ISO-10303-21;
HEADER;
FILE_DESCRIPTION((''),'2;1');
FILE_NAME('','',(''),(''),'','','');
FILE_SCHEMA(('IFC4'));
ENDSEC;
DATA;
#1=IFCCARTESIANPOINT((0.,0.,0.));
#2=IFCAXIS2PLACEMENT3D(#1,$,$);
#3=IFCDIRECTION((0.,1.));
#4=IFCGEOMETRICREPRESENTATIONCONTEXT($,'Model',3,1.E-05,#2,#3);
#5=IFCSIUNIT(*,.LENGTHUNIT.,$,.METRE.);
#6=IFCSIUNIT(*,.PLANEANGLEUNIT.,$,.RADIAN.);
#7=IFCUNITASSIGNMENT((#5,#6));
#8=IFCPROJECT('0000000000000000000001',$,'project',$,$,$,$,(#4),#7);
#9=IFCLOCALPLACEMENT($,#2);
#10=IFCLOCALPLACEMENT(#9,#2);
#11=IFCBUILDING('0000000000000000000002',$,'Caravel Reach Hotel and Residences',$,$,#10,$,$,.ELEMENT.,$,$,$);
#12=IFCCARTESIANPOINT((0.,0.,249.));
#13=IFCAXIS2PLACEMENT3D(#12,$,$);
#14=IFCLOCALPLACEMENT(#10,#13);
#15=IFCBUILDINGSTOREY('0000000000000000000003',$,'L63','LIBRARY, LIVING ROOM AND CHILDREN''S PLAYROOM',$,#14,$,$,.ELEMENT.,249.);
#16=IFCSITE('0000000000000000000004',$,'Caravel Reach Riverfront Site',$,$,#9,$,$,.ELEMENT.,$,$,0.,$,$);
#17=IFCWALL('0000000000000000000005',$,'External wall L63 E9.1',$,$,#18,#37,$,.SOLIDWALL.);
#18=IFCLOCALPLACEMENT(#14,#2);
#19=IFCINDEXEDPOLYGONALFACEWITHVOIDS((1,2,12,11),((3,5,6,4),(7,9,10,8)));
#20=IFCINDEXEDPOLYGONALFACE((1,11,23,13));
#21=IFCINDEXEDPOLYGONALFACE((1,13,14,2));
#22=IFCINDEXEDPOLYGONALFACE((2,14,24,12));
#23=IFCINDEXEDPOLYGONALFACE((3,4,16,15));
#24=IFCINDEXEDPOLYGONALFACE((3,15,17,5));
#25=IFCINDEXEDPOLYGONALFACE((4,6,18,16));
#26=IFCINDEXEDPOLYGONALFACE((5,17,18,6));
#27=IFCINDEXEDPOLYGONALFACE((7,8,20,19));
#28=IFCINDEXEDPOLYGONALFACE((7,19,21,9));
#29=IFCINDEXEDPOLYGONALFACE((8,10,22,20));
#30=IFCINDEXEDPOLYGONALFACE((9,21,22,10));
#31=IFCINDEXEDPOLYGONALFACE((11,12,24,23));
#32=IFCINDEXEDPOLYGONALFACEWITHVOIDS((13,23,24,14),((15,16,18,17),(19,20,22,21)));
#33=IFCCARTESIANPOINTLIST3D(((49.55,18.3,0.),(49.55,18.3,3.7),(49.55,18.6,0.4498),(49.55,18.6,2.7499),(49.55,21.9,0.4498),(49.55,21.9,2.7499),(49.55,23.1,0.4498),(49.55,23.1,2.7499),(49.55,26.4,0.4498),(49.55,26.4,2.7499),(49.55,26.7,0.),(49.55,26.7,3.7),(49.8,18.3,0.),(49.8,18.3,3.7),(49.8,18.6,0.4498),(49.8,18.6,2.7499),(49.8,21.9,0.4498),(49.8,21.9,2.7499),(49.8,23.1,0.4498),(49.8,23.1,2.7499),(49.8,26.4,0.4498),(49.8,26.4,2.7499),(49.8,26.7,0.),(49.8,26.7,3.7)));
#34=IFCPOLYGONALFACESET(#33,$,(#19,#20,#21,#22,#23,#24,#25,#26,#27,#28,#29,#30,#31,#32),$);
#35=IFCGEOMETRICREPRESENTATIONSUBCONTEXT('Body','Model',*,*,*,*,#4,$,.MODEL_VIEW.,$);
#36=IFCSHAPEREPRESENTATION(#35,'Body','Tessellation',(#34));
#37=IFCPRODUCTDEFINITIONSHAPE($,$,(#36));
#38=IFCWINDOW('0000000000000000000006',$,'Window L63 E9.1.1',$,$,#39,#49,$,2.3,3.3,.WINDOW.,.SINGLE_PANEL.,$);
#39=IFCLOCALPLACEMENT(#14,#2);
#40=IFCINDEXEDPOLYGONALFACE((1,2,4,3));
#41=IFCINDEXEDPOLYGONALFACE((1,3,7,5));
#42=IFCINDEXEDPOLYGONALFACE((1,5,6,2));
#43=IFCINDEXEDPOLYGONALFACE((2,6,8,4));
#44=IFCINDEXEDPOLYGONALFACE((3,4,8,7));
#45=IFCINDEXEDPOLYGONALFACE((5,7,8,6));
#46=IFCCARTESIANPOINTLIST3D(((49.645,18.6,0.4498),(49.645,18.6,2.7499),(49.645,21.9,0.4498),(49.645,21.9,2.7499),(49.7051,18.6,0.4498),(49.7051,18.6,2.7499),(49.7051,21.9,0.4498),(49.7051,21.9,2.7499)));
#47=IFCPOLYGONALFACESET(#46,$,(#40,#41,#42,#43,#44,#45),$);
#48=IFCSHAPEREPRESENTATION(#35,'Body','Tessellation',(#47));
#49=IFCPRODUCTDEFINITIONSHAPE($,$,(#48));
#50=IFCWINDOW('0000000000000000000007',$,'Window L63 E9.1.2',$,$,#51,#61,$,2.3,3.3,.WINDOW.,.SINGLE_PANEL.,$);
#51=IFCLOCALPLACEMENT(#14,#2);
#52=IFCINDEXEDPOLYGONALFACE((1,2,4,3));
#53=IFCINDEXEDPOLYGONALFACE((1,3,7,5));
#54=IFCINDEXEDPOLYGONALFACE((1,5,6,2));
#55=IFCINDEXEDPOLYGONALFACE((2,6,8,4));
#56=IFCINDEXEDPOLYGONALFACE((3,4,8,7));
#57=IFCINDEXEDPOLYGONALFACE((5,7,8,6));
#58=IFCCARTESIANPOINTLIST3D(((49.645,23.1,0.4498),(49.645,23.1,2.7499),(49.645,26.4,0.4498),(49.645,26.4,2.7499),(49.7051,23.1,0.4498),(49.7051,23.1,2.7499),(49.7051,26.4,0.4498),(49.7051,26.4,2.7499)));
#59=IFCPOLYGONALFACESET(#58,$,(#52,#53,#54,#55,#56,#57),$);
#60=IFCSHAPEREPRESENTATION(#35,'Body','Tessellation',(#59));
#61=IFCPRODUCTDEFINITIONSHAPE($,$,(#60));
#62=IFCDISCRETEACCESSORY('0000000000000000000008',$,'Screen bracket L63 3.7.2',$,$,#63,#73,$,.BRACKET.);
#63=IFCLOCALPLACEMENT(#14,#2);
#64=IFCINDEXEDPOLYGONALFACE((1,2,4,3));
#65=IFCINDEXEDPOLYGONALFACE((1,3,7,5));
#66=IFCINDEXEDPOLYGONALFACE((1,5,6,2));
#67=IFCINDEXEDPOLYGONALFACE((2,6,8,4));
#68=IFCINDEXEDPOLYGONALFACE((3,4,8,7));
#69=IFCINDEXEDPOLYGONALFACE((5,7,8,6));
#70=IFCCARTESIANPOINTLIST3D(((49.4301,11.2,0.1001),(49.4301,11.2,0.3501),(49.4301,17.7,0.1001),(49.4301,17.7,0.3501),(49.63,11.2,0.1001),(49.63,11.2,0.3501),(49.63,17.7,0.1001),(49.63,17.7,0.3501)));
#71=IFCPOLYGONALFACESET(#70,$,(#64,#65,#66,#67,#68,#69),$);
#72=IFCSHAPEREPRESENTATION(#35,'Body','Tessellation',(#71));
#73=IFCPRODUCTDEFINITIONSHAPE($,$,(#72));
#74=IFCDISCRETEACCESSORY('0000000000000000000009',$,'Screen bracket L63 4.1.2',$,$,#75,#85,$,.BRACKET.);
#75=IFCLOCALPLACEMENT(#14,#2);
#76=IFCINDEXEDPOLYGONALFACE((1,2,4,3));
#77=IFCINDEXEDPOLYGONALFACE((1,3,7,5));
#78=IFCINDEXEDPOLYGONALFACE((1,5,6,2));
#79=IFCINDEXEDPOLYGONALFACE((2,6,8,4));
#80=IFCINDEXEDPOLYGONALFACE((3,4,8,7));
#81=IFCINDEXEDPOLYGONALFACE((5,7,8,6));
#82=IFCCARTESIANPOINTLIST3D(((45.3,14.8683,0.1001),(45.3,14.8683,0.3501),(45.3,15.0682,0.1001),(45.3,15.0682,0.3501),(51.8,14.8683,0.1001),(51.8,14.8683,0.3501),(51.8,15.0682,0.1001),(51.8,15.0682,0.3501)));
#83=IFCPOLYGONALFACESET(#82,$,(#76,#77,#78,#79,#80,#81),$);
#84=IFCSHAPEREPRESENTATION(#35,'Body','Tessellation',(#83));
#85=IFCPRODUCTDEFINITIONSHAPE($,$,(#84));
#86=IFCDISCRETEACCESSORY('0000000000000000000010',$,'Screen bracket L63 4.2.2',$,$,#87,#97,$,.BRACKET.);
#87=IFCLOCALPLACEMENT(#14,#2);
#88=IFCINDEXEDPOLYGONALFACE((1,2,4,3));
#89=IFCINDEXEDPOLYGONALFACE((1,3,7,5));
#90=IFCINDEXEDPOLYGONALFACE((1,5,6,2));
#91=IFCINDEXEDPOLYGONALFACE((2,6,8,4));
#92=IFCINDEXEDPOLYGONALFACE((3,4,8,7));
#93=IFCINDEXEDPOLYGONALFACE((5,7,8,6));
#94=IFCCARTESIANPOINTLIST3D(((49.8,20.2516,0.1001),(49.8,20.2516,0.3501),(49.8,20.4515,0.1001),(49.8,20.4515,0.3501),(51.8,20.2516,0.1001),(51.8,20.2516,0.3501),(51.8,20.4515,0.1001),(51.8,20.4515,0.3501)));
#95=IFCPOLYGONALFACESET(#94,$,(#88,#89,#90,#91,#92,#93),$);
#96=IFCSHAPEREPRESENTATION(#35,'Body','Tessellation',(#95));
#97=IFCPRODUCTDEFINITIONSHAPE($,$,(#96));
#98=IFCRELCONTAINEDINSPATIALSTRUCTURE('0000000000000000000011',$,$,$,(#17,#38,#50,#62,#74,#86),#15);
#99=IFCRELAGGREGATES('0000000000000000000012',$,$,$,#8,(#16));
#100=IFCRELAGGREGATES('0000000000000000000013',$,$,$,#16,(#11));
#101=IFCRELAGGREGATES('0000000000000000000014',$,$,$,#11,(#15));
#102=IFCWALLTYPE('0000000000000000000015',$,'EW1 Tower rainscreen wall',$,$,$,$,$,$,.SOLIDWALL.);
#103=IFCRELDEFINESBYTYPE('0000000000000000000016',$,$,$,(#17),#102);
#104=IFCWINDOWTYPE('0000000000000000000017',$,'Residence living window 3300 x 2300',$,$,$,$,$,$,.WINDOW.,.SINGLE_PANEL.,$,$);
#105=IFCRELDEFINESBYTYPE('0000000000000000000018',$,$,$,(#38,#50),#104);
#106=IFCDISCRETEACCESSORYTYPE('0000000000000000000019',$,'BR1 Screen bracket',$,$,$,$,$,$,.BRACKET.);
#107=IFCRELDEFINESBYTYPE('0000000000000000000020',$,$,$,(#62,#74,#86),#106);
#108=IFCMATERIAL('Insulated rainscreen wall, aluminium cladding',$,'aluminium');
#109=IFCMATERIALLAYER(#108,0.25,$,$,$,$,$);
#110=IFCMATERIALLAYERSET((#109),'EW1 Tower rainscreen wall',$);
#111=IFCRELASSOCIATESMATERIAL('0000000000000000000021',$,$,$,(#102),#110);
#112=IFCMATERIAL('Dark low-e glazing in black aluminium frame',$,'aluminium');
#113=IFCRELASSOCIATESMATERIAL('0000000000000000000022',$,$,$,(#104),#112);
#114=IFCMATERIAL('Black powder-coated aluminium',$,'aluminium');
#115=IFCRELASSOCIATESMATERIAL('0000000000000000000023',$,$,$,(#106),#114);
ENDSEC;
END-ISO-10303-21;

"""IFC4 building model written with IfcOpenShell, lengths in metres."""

from ifc_helpers import new_model, si_unit, direction, frame, frame_2d, origin, origin_2d, place, context, subcontext, project, spatial, rectangle, extrude, material, layer, layer_set, type_object, element, fill, save


model = new_model("IFC4")

# Units and contexts
model_context = context("Model", 3, precision=1e-05, world=origin(), true_north=direction((0.0, 1.0)))
body_context = subcontext(model_context, "Body", "Model", "MODEL_VIEW")
ifc_project = project(units=[si_unit("LENGTHUNIT", "METRE"), si_unit("PLANEANGLEUNIT", "RADIAN")], contexts=[model_context])

# Site, building, storey
site_placement = place(None, origin())
site = spatial("IfcSite", under=ifc_project, at=site_placement, Name="Caravel Reach Riverfront Site", CompositionType="ELEMENT", RefElevation=0.0)
building_placement = place(site_placement, origin())
building = spatial("IfcBuilding", under=site, at=building_placement, Name="Caravel Reach Hotel and Residences", CompositionType="ELEMENT")
storey_placement = place(building_placement, frame((0.0, 0.0, 249.0)))
storey = spatial("IfcBuildingStorey", under=building, at=storey_placement, Name="L63", Description="LIBRARY, LIVING ROOM AND CHILDREN'S PLAYROOM", CompositionType="ELEMENT", Elevation=249.0)

# Shared definitions
ifc_material_1 = material(Name="Insulated rainscreen wall, aluminium cladding", Category="aluminium")
ifc_layer = layer(ifc_material_1, 0.25)
ifc_layer_set = layer_set([ifc_layer], Name="EW1 Tower rainscreen wall")
wall_type = type_object("IfcWallType", Name="EW1 Tower rainscreen wall", PredefinedType="SOLIDWALL", material=ifc_layer_set)

# Wall, openings, windows
wall_1_placement = place(storey_placement, frame((49.675, 18.3, 0.0), z_axis=(0.0, 0.0, 1.0), x_axis=(0.0, 1.0, 0.0)))
wall_1 = element("IfcWall", 1, at=wall_1_placement, inside=storey, type_object=wall_type, Name="External wall L63 E9.1", PredefinedType="SOLIDWALL", context=body_context, shape_type="SweptSolid", body=[
    extrude(rectangle(XDim=8.3999, YDim=0.25, at=frame_2d((4.2, 0.0))), origin(), (0.0, 0.0, 1.0), 3.7),
])
opening_1_placement = place(wall_1_placement, frame((0.3, 0.0, 0.45)))
opening_1 = element("IfcOpeningElement", 2, at=opening_1_placement, cuts=wall_1, PredefinedType="OPENING", context=body_context, shape_type="SweptSolid", body=[
    extrude(rectangle(XDim=3.3, YDim=2.3, at=frame_2d((1.6499, 1.1499))), frame((0.0, 0.135, 0.0), z_axis=(0.0, -1.0, 0.0), x_axis=(1.0, 0.0, 0.0)), (0.0, 0.0, 1.0), 0.27),
])
opening_2_placement = place(wall_1_placement, frame((4.8, 0.0, 0.45)))
opening_2 = element("IfcOpeningElement", 3, at=opening_2_placement, cuts=wall_1, PredefinedType="OPENING", context=body_context, shape_type="SweptSolid", body=[
    extrude(rectangle(XDim=3.3, YDim=2.3, at=frame_2d((1.6499, 1.1499))), frame((0.0, 0.135, 0.0), z_axis=(0.0, -1.0, 0.0), x_axis=(1.0, 0.0, 0.0)), (0.0, 0.0, 1.0), 0.27),
])
ifc_material_2 = material(Name="Dark low-e glazing in black aluminium frame", Category="aluminium")
window_type_1 = type_object("IfcWindowType", Name="Residence living window 3300 x 2300", PartitioningType="SINGLE_PANEL", PredefinedType="WINDOW", material=ifc_material_2)
window_1_placement = place(opening_1_placement, origin())
window_1 = element("IfcWindow", 4, at=window_1_placement, inside=storey, type_object=window_type_1, Name="Window L63 E9.1.1", OverallHeight=2.3, OverallWidth=3.3, PartitioningType="SINGLE_PANEL", PredefinedType="WINDOW", context=body_context, shape_type="SweptSolid", body=[
    extrude(rectangle(XDim=3.3, YDim=2.3, at=frame_2d((1.6499, 1.1499))), frame((0.0, 0.03, 0.0), z_axis=(0.0, -1.0, 0.0), x_axis=(1.0, 0.0, 0.0)), (0.0, 0.0, 1.0), 0.0601),
])
fill(opening_1, window_1)
window_2_placement = place(opening_2_placement, origin())
window_2 = element("IfcWindow", 5, at=window_2_placement, inside=storey, type_object=window_type_1, Name="Window L63 E9.1.2", OverallHeight=2.3, OverallWidth=3.3, PartitioningType="SINGLE_PANEL", PredefinedType="WINDOW", context=body_context, shape_type="SweptSolid", body=[
    extrude(rectangle(XDim=3.3, YDim=2.3, at=frame_2d((1.6499, 1.1499))), frame((0.0, 0.03, 0.0), z_axis=(0.0, -1.0, 0.0), x_axis=(1.0, 0.0, 0.0)), (0.0, 0.0, 1.0), 0.0601),
])
fill(opening_2, window_2)

# Discrete accessories
ifc_material_3 = material(Name="Black powder-coated aluminium", Category="aluminium")
discrete_accessory_type = type_object("IfcDiscreteAccessoryType", Name="BR1 Screen bracket", PredefinedType="BRACKET", material=ifc_material_3)
for number, where, z_axis, x_axis, name in (
    (6, (49.53, 14.45, 0.1001), (0.0, 0.0, 1.0), (0.0, -1.0, 0.0), "Screen bracket L63 3.7.2"),
    (7, (48.55, 14.9683, 0.1001), (0.0, 0.0, 1.0), (1.0, 0.0, 0.0), "Screen bracket L63 4.1.2"),
):
    element("IfcDiscreteAccessory", number, at=place(storey_placement, frame(where, z_axis=z_axis, x_axis=x_axis)), inside=storey, type_object=discrete_accessory_type, Name=name, PredefinedType="BRACKET", context=body_context, shape_type="SweptSolid", body=[
        extrude(rectangle(XDim=6.5, YDim=0.2, at=origin_2d()), origin(), (0.0, 0.0, 1.0), 0.25),
    ])
discrete_accessory_placement = place(storey_placement, frame((50.8, 20.3516, 0.1001), z_axis=(0.0, 0.0, 1.0), x_axis=(1.0, 0.0, 0.0)))
element("IfcDiscreteAccessory", 8, at=discrete_accessory_placement, inside=storey, type_object=discrete_accessory_type, Name="Screen bracket L63 4.2.2", PredefinedType="BRACKET", context=body_context, shape_type="SweptSolid", body=[
    extrude(rectangle(XDim=2.0, YDim=0.2, at=origin_2d()), origin(), (0.0, 0.0, 1.0), 0.25),
])

save(model, "model.ifc")
